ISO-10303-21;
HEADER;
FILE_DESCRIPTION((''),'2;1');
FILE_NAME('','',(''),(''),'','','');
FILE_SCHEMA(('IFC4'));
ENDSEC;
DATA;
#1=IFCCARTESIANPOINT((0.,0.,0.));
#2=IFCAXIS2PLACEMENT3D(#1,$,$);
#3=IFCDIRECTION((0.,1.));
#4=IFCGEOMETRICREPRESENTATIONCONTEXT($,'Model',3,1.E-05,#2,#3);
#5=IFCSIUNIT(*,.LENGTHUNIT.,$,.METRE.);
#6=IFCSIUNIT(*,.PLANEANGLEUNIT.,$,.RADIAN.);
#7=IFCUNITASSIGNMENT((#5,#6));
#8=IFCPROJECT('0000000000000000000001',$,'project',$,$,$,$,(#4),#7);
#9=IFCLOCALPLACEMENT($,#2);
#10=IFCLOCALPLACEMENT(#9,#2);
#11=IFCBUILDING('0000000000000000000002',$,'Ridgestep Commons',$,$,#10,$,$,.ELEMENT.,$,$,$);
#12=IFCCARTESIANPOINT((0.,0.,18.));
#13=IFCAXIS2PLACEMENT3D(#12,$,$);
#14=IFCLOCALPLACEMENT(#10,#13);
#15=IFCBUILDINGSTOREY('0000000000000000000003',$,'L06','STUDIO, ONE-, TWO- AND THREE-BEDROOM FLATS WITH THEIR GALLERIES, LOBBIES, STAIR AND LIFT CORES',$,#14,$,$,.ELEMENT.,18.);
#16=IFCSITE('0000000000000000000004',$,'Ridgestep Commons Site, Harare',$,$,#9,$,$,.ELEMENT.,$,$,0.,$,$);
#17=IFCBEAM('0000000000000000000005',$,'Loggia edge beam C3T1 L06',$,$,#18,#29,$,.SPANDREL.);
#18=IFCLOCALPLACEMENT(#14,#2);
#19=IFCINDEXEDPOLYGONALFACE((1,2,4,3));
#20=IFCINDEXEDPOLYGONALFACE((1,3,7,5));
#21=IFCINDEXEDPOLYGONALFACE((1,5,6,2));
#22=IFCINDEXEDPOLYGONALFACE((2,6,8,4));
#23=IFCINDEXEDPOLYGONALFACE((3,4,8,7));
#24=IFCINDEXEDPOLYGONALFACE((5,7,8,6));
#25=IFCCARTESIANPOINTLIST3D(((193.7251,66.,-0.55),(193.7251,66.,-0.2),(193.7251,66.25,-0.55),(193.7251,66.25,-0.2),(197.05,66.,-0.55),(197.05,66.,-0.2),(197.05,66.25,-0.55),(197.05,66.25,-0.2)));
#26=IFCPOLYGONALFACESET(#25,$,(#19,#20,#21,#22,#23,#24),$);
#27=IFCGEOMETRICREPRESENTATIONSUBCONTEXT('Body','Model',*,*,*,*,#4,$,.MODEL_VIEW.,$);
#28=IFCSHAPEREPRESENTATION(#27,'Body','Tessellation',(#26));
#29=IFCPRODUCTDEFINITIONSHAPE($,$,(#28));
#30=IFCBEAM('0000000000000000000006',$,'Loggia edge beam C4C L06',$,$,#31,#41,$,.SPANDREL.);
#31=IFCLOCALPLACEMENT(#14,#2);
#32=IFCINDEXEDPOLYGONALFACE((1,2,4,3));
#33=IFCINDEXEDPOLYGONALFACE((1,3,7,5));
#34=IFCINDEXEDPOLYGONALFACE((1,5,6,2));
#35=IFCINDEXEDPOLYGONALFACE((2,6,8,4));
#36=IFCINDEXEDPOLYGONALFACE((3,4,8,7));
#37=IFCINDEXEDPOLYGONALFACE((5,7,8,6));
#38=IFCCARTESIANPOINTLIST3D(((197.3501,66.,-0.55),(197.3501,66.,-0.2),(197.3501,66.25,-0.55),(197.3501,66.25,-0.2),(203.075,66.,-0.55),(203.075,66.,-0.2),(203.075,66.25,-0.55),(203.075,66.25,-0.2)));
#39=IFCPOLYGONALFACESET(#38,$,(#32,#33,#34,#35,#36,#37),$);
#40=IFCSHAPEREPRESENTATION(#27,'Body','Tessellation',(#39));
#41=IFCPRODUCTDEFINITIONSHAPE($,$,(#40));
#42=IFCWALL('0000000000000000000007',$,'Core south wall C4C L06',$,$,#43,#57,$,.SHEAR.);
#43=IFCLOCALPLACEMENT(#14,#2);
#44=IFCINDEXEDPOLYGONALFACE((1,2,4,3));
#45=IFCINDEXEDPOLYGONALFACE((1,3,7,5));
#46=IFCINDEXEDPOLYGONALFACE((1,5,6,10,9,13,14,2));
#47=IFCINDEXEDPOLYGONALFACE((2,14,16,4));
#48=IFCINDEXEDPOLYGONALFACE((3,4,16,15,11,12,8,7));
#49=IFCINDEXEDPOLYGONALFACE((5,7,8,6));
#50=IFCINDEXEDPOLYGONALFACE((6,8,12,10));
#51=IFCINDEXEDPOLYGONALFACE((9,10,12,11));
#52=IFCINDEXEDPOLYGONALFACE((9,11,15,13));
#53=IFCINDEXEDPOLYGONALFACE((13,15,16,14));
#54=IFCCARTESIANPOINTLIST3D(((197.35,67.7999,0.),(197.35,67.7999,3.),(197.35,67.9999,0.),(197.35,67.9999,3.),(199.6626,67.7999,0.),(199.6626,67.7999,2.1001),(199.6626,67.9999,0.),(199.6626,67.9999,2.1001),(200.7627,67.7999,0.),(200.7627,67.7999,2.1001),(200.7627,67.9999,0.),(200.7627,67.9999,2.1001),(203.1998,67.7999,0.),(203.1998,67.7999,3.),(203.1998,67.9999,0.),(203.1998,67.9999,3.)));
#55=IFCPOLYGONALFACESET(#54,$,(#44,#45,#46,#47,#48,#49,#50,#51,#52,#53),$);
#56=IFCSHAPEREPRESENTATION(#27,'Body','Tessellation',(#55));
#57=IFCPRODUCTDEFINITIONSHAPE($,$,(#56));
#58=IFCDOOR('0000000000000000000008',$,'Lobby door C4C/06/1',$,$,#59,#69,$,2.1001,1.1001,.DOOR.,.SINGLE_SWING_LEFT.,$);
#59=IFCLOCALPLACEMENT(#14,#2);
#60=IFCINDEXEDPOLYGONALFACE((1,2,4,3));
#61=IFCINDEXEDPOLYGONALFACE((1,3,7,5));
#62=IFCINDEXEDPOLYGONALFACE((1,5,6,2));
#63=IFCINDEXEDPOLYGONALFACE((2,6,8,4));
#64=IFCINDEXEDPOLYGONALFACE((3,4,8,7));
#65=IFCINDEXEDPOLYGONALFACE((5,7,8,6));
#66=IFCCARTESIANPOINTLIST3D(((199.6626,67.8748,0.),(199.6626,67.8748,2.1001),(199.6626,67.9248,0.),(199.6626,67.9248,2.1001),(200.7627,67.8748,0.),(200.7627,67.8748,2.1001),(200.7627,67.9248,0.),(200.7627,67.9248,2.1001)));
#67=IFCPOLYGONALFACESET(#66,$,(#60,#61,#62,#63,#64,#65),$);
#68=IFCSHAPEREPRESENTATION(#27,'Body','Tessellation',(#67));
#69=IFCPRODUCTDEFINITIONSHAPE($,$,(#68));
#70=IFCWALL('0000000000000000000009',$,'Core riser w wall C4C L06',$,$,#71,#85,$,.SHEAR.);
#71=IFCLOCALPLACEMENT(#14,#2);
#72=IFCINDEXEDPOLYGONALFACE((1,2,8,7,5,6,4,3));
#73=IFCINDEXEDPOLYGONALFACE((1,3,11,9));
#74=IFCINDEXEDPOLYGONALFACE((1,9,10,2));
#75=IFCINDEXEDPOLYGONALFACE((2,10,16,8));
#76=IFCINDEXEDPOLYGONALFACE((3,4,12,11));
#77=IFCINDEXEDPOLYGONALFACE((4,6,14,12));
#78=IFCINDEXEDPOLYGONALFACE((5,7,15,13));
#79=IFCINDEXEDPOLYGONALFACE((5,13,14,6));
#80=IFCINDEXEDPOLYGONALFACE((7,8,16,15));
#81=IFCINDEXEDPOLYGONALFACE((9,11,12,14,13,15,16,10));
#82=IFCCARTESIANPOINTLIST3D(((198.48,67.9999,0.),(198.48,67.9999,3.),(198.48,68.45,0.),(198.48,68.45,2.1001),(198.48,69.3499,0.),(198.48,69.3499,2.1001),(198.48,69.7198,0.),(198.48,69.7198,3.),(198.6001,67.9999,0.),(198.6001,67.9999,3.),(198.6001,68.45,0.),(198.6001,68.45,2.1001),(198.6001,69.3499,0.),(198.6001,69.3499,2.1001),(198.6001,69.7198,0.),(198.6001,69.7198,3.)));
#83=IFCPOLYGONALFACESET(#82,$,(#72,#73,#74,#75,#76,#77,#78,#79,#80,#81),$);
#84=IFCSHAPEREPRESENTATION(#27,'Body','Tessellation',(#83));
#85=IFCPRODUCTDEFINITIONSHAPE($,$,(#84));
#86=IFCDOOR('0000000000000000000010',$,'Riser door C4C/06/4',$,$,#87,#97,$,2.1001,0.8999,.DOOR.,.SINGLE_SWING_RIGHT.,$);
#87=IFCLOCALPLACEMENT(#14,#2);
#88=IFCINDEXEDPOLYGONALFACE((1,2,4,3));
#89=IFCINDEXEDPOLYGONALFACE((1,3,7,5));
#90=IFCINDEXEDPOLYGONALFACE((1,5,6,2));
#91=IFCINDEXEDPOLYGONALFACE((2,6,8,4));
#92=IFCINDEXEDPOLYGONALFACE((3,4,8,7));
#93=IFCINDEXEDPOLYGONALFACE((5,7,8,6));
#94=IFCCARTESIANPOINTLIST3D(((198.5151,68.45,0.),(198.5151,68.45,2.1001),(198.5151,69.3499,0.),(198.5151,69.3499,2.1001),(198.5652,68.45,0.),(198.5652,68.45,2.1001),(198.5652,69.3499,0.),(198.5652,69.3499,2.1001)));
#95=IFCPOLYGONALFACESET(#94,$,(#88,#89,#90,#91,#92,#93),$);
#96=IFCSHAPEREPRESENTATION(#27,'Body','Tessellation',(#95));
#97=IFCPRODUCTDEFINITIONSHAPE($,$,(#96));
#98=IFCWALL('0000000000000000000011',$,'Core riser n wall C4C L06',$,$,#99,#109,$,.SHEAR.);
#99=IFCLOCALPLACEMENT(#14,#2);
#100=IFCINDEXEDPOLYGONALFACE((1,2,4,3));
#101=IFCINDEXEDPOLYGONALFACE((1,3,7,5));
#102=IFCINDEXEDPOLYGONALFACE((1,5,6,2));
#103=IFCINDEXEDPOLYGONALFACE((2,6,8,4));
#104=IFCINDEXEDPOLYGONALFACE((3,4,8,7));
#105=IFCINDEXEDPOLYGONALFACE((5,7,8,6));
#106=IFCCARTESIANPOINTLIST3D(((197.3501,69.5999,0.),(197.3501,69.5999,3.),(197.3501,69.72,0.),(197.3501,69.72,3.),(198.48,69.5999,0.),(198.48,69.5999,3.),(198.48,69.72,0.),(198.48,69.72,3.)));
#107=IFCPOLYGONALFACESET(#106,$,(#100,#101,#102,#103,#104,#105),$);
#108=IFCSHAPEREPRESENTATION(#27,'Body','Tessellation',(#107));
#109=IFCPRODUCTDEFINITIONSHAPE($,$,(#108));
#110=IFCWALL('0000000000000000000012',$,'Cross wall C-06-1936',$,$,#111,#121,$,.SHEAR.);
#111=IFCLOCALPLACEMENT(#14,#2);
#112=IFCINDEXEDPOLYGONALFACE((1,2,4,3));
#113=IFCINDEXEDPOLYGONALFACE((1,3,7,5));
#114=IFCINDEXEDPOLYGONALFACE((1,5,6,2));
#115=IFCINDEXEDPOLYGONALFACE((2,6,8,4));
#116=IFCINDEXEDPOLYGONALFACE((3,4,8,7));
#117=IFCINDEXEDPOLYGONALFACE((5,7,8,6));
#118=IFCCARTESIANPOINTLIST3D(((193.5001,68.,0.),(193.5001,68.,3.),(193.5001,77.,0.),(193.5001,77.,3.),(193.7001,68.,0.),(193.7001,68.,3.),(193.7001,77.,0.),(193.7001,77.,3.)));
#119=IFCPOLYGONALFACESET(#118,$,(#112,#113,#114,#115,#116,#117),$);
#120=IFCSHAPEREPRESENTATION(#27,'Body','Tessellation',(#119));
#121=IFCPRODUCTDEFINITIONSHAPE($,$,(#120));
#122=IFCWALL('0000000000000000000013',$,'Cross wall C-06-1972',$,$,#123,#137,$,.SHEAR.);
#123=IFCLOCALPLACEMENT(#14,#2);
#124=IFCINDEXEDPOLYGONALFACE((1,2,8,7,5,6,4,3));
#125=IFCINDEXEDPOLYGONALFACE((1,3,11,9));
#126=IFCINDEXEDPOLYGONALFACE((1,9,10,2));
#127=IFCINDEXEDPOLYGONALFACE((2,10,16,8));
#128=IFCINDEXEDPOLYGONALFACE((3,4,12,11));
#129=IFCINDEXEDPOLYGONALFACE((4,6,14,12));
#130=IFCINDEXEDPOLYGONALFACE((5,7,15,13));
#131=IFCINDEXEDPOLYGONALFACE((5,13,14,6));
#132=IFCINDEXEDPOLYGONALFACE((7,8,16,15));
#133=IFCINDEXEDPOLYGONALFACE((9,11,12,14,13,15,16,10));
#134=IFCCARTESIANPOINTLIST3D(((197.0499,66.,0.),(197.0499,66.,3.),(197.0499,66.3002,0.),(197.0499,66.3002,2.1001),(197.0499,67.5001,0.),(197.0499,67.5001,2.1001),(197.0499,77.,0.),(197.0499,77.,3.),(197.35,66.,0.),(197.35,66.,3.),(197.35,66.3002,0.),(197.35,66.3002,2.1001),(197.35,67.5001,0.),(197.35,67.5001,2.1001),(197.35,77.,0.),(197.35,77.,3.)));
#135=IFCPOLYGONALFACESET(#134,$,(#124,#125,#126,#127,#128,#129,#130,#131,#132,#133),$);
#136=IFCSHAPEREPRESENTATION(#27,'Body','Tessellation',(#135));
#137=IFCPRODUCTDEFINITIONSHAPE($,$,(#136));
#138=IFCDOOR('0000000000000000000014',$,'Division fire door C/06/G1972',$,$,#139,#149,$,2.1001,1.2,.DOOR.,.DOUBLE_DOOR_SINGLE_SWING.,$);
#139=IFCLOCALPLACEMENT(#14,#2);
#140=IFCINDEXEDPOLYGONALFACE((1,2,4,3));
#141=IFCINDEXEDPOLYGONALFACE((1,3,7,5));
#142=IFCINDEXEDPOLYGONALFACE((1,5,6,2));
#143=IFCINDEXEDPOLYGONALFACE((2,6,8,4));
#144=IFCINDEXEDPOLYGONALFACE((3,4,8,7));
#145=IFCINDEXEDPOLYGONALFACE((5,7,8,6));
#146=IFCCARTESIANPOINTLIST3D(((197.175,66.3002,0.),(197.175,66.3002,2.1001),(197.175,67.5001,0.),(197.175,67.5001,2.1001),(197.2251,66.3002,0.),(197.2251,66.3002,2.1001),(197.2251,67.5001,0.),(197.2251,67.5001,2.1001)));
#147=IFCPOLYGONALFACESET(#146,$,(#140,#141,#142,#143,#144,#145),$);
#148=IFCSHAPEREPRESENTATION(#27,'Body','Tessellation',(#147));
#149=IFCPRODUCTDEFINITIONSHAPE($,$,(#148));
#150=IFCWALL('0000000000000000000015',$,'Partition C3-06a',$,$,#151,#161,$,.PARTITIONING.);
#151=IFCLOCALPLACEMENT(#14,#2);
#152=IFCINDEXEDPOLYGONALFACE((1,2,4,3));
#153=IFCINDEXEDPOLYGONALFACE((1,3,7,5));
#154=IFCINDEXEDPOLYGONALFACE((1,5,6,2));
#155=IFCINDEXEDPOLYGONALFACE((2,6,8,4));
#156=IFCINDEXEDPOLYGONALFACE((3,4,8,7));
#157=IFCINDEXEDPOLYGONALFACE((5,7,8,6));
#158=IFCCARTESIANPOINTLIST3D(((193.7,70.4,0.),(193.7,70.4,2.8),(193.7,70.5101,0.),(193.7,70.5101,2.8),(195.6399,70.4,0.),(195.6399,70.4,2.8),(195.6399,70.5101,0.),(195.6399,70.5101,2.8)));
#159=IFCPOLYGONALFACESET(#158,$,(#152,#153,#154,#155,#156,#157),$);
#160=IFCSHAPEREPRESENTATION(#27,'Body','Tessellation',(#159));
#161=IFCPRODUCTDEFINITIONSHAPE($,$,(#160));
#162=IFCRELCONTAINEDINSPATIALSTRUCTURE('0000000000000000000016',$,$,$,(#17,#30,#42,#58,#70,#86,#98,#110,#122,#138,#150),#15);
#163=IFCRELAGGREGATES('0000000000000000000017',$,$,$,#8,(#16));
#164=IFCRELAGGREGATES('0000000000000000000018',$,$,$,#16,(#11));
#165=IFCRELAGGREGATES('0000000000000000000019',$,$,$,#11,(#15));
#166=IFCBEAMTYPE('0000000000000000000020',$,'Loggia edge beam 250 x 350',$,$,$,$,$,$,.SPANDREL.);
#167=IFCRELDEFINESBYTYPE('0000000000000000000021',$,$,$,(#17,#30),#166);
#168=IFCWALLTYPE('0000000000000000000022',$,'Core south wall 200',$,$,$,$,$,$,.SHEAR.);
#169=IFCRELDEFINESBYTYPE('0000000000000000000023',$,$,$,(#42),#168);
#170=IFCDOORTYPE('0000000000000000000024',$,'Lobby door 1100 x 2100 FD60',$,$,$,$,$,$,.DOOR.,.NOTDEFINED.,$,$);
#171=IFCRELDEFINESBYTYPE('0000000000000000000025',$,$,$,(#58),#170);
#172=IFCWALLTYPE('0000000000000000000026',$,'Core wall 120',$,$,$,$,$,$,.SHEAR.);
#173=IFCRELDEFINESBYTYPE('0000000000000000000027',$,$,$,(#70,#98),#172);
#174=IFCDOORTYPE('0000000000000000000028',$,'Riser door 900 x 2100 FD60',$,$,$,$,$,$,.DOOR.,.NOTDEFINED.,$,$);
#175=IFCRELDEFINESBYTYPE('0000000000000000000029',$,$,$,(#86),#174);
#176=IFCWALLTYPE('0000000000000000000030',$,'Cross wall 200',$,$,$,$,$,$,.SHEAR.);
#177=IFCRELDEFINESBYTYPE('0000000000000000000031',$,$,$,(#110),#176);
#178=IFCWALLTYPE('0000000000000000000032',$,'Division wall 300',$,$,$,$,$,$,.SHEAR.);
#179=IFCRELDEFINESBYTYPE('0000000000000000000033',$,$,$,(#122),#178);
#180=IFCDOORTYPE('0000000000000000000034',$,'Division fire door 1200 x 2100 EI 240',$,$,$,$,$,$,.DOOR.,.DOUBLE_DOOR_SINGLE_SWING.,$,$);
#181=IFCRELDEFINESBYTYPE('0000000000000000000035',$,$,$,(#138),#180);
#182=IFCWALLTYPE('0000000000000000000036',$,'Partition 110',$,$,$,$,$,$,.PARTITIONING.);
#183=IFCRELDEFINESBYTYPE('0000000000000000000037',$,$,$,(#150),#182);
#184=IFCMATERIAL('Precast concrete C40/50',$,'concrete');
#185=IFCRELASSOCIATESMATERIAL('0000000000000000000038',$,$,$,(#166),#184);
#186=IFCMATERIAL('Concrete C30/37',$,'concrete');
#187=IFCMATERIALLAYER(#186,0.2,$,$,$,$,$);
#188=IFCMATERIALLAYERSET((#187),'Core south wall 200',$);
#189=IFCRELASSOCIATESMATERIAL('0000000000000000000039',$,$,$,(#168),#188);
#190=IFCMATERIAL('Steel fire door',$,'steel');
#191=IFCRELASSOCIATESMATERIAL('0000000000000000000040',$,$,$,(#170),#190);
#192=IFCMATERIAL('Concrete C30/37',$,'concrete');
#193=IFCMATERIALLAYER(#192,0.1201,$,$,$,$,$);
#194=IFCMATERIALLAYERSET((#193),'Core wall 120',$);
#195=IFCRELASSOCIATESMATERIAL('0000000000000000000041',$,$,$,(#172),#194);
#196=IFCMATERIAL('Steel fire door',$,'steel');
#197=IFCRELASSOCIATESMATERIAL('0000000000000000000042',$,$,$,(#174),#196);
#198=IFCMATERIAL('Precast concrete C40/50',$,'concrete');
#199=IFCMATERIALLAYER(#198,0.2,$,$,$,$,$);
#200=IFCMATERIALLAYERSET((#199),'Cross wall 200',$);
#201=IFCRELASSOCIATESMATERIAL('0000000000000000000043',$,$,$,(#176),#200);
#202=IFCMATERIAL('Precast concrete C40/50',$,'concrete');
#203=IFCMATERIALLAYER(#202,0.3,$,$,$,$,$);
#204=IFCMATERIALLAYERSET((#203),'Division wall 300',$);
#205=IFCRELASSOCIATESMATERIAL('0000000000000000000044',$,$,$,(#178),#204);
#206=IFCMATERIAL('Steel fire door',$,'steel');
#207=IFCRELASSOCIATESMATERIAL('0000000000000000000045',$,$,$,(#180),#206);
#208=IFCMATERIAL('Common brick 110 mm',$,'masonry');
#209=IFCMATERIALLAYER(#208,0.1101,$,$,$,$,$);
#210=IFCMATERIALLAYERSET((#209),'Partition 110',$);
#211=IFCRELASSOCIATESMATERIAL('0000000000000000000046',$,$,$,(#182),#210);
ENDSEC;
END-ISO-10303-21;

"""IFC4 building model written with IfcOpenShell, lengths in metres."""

from ifc_helpers import new_model, si_unit, direction, frame, frame_2d, origin, origin_2d, place, context, subcontext, project, spatial, rectangle, extrude, material, layer, layer_set, material_profile, profile_set, type_object, element, fill, save


model = new_model("IFC4")

# Units and contexts
model_context = context("Model", 3, precision=1e-05, world=origin(), true_north=direction((0.0, 1.0)))
body_context = subcontext(model_context, "Body", "Model", "MODEL_VIEW")
ifc_project = project(units=[si_unit("LENGTHUNIT", "METRE"), si_unit("PLANEANGLEUNIT", "RADIAN")], contexts=[model_context])

# Site, building, storey
site_placement = place(None, origin())
site = spatial("IfcSite", under=ifc_project, at=site_placement, Name="Ridgestep Commons Site, Harare", CompositionType="ELEMENT", RefElevation=0.0)
building_placement = place(site_placement, origin())
building = spatial("IfcBuilding", under=site, at=building_placement, Name="Ridgestep Commons", CompositionType="ELEMENT")
storey_placement = place(building_placement, frame((0.0, 0.0, 18.0)))
storey = spatial("IfcBuildingStorey", under=building, at=storey_placement, Name="L06", Description="STUDIO, ONE-, TWO- AND THREE-BEDROOM FLATS WITH THEIR GALLERIES, LOBBIES, STAIR AND LIFT CORES", CompositionType="ELEMENT", Elevation=18.0)

# Beams
ifc_material_1 = material(Name="Precast concrete C40/50", Category="concrete")
ifc_material_profile = material_profile(ifc_material_1, rectangle(XDim=0.25, YDim=0.3501, at=origin_2d()), Name="PC 250x350")
ifc_profile_set = profile_set([ifc_material_profile], Name="Precast concrete C40/50")
beam_type = type_object("IfcBeamType", Name="Loggia edge beam 250 x 350", PredefinedType="SPANDREL", material=ifc_profile_set)
beam_1_placement = place(storey_placement, frame((193.7251, 66.125, -0.375), z_axis=(1.0, 0.0, 0.0), x_axis=(0.0, 1.0, 0.0)))
element("IfcBeam", 1, at=beam_1_placement, inside=storey, type_object=beam_type, Name="Loggia edge beam C3T1 L06", PredefinedType="SPANDREL", context=body_context, shape_type="SweptSolid", body=[
    extrude(rectangle(XDim=0.25, YDim=0.3501, at=origin_2d()), origin(), (0.0, 0.0, 1.0), 3.325),
])
beam_2_placement = place(storey_placement, frame((197.3501, 66.125, -0.375), z_axis=(1.0, 0.0, 0.0), x_axis=(0.0, 1.0, 0.0)))
element("IfcBeam", 2, at=beam_2_placement, inside=storey, type_object=beam_type, Name="Loggia edge beam C4C L06", PredefinedType="SPANDREL", context=body_context, shape_type="SweptSolid", body=[
    extrude(rectangle(XDim=0.25, YDim=0.3501, at=origin_2d()), origin(), (0.0, 0.0, 1.0), 5.7249),
])

# Walls, openings, doors
ifc_material_2 = material(Name="Concrete C30/37", Category="concrete")
ifc_layer_1 = layer(ifc_material_2, 0.2)
ifc_layer_set_1 = layer_set([ifc_layer_1], Name="Core south wall 200")
wall_type_1 = type_object("IfcWallType", Name="Core south wall 200", PredefinedType="SHEAR", material=ifc_layer_set_1)
wall_1_placement = place(storey_placement, frame((197.3501, 67.8999, 0.0), z_axis=(0.0, 0.0, 1.0), x_axis=(1.0, 0.0, 0.0)))
wall_1 = element("IfcWall", 3, at=wall_1_placement, inside=storey, type_object=wall_type_1, Name="Core south wall C4C L06", PredefinedType="SHEAR", context=body_context, shape_type="SweptSolid", body=[
    extrude(rectangle(XDim=5.8499, YDim=0.2, at=frame_2d((2.9248, 0.0))), origin(), (0.0, 0.0, 1.0), 3.0),
])
opening_1_placement = place(wall_1_placement, frame((2.3125, 0.0, 0.0)))
opening_1 = element("IfcOpeningElement", 4, at=opening_1_placement, cuts=wall_1, PredefinedType="OPENING", context=body_context, shape_type="SweptSolid", body=[
    extrude(rectangle(XDim=1.1001, YDim=2.1001, at=frame_2d((0.55, 1.05))), frame((0.0, 0.1099, 0.0), z_axis=(0.0, -1.0, 0.0), x_axis=(1.0, 0.0, 0.0)), (0.0, 0.0, 1.0), 0.22),
])
ifc_material_3 = material(Name="Steel fire door", Category="steel")
door_type_1 = type_object("IfcDoorType", Name="Lobby door 1100 x 2100 FD60", OperationType="NOTDEFINED", PredefinedType="DOOR", material=ifc_material_3)
door_1_placement = place(opening_1_placement, origin())
door_1 = element("IfcDoor", 5, at=door_1_placement, inside=storey, type_object=door_type_1, Name="Lobby door C4C/06/1", OperationType="SINGLE_SWING_LEFT", OverallHeight=2.1001, OverallWidth=1.1001, PredefinedType="DOOR", context=body_context, shape_type="SweptSolid", body=[
    extrude(rectangle(XDim=1.1001, YDim=2.1001, at=frame_2d((0.55, 1.05))), frame((0.0, 0.0249, 0.0), z_axis=(0.0, -1.0, 0.0), x_axis=(1.0, 0.0, 0.0)), (0.0, 0.0, 1.0), 0.05),
])
fill(opening_1, door_1)
ifc_material_4 = material(Name="Concrete C30/37", Category="concrete")
ifc_layer_2 = layer(ifc_material_4, 0.1201)
ifc_layer_set_2 = layer_set([ifc_layer_2], Name="Core wall 120")
wall_type_2 = type_object("IfcWallType", Name="Core wall 120", PredefinedType="SHEAR", material=ifc_layer_set_2)
wall_2_placement = place(storey_placement, frame((198.54, 68.0, 0.0), z_axis=(0.0, 0.0, 1.0), x_axis=(0.0, 1.0, 0.0)))
wall_2 = element("IfcWall", 6, at=wall_2_placement, inside=storey, type_object=wall_type_2, Name="Core riser w wall C4C L06", PredefinedType="SHEAR", context=body_context, shape_type="SweptSolid", body=[
    extrude(rectangle(XDim=1.72, YDim=0.1201, at=frame_2d((0.8599, 0.0))), origin(), (0.0, 0.0, 1.0), 3.0),
])
opening_2_placement = place(wall_2_placement, frame((0.45, 0.0, 0.0)))
opening_2 = element("IfcOpeningElement", 7, at=opening_2_placement, cuts=wall_2, PredefinedType="OPENING", context=body_context, shape_type="SweptSolid", body=[
    extrude(rectangle(XDim=0.8999, YDim=2.1001, at=frame_2d((0.45, 1.05))), frame((0.0, 0.0701, 0.0), z_axis=(0.0, -1.0, 0.0), x_axis=(1.0, 0.0, 0.0)), (0.0, 0.0, 1.0), 0.1401),
])
ifc_material_5 = material(Name="Steel fire door", Category="steel")
door_type_2 = type_object("IfcDoorType", Name="Riser door 900 x 2100 FD60", OperationType="NOTDEFINED", PredefinedType="DOOR", material=ifc_material_5)
door_2_placement = place(opening_2_placement, origin())
door_2 = element("IfcDoor", 8, at=door_2_placement, inside=storey, type_object=door_type_2, Name="Riser door C4C/06/4", OperationType="SINGLE_SWING_RIGHT", OverallHeight=2.1001, OverallWidth=0.8999, PredefinedType="DOOR", context=body_context, shape_type="SweptSolid", body=[
    extrude(rectangle(XDim=0.8999, YDim=2.1001, at=frame_2d((0.45, 1.05))), frame((0.0, 0.0249, 0.0), z_axis=(0.0, -1.0, 0.0), x_axis=(1.0, 0.0, 0.0)), (0.0, 0.0, 1.0), 0.05),
])
fill(opening_2, door_2)

# Walls
wall_3_placement = place(storey_placement, frame((197.3501, 69.6599, 0.0), z_axis=(0.0, 0.0, 1.0), x_axis=(1.0, 0.0, 0.0)))
element("IfcWall", 9, at=wall_3_placement, inside=storey, type_object=wall_type_2, Name="Core riser n wall C4C L06", PredefinedType="SHEAR", context=body_context, shape_type="SweptSolid", body=[
    extrude(rectangle(XDim=1.1299, YDim=0.1201, at=frame_2d((0.5649, 0.0))), origin(), (0.0, 0.0, 1.0), 3.0),
])
ifc_material_6 = material(Name="Precast concrete C40/50", Category="concrete")
ifc_layer_3 = layer(ifc_material_6, 0.2)
ifc_layer_set_3 = layer_set([ifc_layer_3], Name="Cross wall 200")
wall_type_3 = type_object("IfcWallType", Name="Cross wall 200", PredefinedType="SHEAR", material=ifc_layer_set_3)
wall_4_placement = place(storey_placement, frame((193.6001, 68.0, 0.0), z_axis=(0.0, 0.0, 1.0), x_axis=(0.0, 1.0, 0.0)))
element("IfcWall", 10, at=wall_4_placement, inside=storey, type_object=wall_type_3, Name="Cross wall C-06-1936", PredefinedType="SHEAR", context=body_context, shape_type="SweptSolid", body=[
    extrude(rectangle(XDim=9.0, YDim=0.2, at=frame_2d((4.5, 0.0))), origin(), (0.0, 0.0, 1.0), 3.0),
])

# Wall, opening, door
ifc_material_7 = material(Name="Precast concrete C40/50", Category="concrete")
ifc_layer_4 = layer(ifc_material_7, 0.3)
ifc_layer_set_4 = layer_set([ifc_layer_4], Name="Division wall 300")
wall_type_4 = type_object("IfcWallType", Name="Division wall 300", PredefinedType="SHEAR", material=ifc_layer_set_4)
wall_5_placement = place(storey_placement, frame((197.2, 66.0, 0.0), z_axis=(0.0, 0.0, 1.0), x_axis=(0.0, 1.0, 0.0)))
wall_5 = element("IfcWall", 11, at=wall_5_placement, inside=storey, type_object=wall_type_4, Name="Cross wall C-06-1972", PredefinedType="SHEAR", context=body_context, shape_type="SweptSolid", body=[
    extrude(rectangle(XDim=11.0, YDim=0.3, at=frame_2d((5.5, 0.0))), origin(), (0.0, 0.0, 1.0), 3.0),
])
opening_3_placement = place(wall_5_placement, frame((0.3, 0.0, 0.0)))
opening_3 = element("IfcOpeningElement", 12, at=opening_3_placement, cuts=wall_5, PredefinedType="OPENING", context=body_context, shape_type="SweptSolid", body=[
    extrude(rectangle(XDim=1.2, YDim=2.1001, at=frame_2d((0.6001, 1.05))), frame((0.0, 0.1599, 0.0), z_axis=(0.0, -1.0, 0.0), x_axis=(1.0, 0.0, 0.0)), (0.0, 0.0, 1.0), 0.3201),
])
ifc_material_8 = material(Name="Steel fire door", Category="steel")
door_type_3 = type_object("IfcDoorType", Name="Division fire door 1200 x 2100 EI 240", OperationType="DOUBLE_DOOR_SINGLE_SWING", PredefinedType="DOOR", material=ifc_material_8)
door_3_placement = place(opening_3_placement, origin())
door_3 = element("IfcDoor", 13, at=door_3_placement, inside=storey, type_object=door_type_3, Name="Division fire door C/06/G1972", OperationType="DOUBLE_DOOR_SINGLE_SWING", OverallHeight=2.1001, OverallWidth=1.2, PredefinedType="DOOR", context=body_context, shape_type="SweptSolid", body=[
    extrude(rectangle(XDim=1.2, YDim=2.1001, at=frame_2d((0.6001, 1.05))), frame((0.0, 0.0249, 0.0), z_axis=(0.0, -1.0, 0.0), x_axis=(1.0, 0.0, 0.0)), (0.0, 0.0, 1.0), 0.05),
])
fill(opening_3, door_3)

# Wall
ifc_material_9 = material(Name="Common brick 110 mm", Category="masonry")
ifc_layer_5 = layer(ifc_material_9, 0.1101)
ifc_layer_set_5 = layer_set([ifc_layer_5], Name="Partition 110")
wall_type_5 = type_object("IfcWallType", Name="Partition 110", PredefinedType="PARTITIONING", material=ifc_layer_set_5)
wall_6_placement = place(storey_placement, frame((193.7, 70.4551, 0.0), z_axis=(0.0, 0.0, 1.0), x_axis=(1.0, 0.0, 0.0)))
element("IfcWall", 14, at=wall_6_placement, inside=storey, type_object=wall_type_5, Name="Partition C3-06a", PredefinedType="PARTITIONING", context=body_context, shape_type="SweptSolid", body=[
    extrude(rectangle(XDim=1.9399, YDim=0.1101, at=frame_2d((0.97, 0.0))), origin(), (0.0, 0.0, 1.0), 2.8),
])

save(model, "model.ifc")
